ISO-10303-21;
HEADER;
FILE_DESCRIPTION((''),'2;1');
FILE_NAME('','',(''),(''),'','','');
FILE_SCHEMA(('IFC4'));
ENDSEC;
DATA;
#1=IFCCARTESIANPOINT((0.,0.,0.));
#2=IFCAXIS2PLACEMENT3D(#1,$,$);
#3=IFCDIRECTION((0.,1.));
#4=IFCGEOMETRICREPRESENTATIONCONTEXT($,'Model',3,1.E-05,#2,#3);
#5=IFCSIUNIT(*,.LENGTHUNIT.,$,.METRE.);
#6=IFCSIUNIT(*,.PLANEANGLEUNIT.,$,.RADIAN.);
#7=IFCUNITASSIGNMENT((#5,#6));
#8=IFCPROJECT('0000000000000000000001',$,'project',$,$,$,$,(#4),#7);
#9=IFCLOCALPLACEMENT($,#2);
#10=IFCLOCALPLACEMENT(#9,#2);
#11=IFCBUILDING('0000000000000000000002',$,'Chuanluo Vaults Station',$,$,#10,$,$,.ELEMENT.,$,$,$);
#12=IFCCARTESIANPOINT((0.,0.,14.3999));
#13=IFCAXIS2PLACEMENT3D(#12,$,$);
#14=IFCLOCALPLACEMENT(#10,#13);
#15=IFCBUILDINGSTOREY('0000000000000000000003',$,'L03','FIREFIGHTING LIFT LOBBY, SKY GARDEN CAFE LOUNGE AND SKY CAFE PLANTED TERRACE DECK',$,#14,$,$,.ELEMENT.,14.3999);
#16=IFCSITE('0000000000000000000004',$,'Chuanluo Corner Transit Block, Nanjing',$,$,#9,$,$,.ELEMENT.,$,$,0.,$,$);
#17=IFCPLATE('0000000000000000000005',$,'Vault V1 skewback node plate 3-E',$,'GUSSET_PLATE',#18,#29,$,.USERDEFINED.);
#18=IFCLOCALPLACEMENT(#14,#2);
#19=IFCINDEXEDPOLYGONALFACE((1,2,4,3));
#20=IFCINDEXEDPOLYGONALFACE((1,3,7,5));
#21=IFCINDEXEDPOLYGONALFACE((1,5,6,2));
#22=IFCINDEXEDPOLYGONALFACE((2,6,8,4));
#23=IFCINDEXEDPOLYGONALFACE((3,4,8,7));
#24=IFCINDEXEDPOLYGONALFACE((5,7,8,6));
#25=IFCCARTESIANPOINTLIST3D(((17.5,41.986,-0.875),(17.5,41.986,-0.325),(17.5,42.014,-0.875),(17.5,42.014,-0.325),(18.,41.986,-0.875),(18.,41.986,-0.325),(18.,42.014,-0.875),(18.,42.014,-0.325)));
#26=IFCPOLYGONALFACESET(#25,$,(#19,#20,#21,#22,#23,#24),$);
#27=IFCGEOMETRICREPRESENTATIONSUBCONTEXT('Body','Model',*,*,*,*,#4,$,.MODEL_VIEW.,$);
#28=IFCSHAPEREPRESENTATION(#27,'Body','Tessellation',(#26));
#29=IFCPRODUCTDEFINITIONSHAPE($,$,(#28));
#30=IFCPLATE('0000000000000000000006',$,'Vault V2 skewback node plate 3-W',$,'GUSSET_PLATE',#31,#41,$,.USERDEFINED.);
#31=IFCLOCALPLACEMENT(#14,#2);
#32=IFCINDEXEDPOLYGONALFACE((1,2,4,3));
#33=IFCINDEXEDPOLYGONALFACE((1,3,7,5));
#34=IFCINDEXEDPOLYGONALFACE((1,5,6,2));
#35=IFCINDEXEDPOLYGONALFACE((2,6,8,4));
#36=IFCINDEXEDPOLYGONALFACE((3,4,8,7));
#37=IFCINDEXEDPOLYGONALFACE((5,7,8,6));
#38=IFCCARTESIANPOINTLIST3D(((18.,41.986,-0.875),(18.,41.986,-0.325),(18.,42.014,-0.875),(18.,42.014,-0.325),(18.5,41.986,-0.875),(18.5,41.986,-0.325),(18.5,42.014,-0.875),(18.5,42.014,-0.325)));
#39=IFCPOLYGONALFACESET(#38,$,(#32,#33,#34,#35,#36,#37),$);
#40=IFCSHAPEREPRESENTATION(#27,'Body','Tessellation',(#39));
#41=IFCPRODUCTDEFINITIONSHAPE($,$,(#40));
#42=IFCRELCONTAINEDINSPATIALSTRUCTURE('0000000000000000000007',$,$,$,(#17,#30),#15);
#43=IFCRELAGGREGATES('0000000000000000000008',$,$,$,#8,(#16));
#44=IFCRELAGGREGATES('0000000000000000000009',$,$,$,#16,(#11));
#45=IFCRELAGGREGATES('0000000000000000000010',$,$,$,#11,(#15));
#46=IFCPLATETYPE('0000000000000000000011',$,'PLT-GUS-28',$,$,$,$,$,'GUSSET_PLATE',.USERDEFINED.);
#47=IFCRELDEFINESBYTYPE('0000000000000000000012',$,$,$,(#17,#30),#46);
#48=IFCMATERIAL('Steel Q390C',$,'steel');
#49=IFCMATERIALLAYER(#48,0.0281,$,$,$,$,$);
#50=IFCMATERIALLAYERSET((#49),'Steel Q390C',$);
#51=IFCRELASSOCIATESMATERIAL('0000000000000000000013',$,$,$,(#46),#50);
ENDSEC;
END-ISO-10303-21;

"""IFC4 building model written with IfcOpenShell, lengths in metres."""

from ifc_helpers import new_model, si_unit, direction, frame, origin, origin_2d, place, context, subcontext, project, spatial, rectangle, extrude, material, layer, layer_set, type_object, element, save


model = new_model("IFC4")

# Units and contexts
model_context = context("Model", 3, precision=1e-05, world=origin(), true_north=direction((0.0, 1.0)))
body_context = subcontext(model_context, "Body", "Model", "MODEL_VIEW")
ifc_project = project(units=[si_unit("LENGTHUNIT", "METRE"), si_unit("PLANEANGLEUNIT", "RADIAN")], contexts=[model_context])

# Site, building, storey
site_placement = place(None, origin())
site = spatial("IfcSite", under=ifc_project, at=site_placement, Name="Chuanluo Corner Transit Block, Nanjing", CompositionType="ELEMENT", RefElevation=0.0)
building_placement = place(site_placement, origin())
building = spatial("IfcBuilding", under=site, at=building_placement, Name="Chuanluo Vaults Station", CompositionType="ELEMENT")
storey_placement = place(building_placement, frame((0.0, 0.0, 14.3999)))
storey = spatial("IfcBuildingStorey", under=building, at=storey_placement, Name="L03", Description="FIREFIGHTING LIFT LOBBY, SKY GARDEN CAFE LOUNGE AND SKY CAFE PLANTED TERRACE DECK", CompositionType="ELEMENT", Elevation=14.3999)

# Plates
ifc_material_1 = material(Name="Steel Q390C", Category="steel")
ifc_layer = layer(ifc_material_1, 0.0281)
ifc_layer_set = layer_set([ifc_layer], Name="Steel Q390C")
plate_type = type_object("IfcPlateType", Name="PLT-GUS-28", ElementType="GUSSET_PLATE", PredefinedType="USERDEFINED", material=ifc_layer_set)
for number, where, z_axis, x_axis, name in (
    (1, (17.75, 42.0, -0.875), (0.0, 0.0, 1.0), (1.0, 0.0, 0.0), "Vault V1 skewback node plate 3-E"),
    (2, (18.25, 42.0, -0.875), (0.0, 0.0, 1.0), (1.0, 0.0, 0.0), "Vault V2 skewback node plate 3-W"),
):
    element("IfcPlate", number, at=place(storey_placement, frame(where, z_axis=z_axis, x_axis=x_axis)), inside=storey, type_object=plate_type, Name=name, ObjectType="GUSSET_PLATE", PredefinedType="USERDEFINED", context=body_context, shape_type="SweptSolid", body=[
        extrude(rectangle(XDim=0.5, YDim=0.0281, at=origin_2d()), origin(), (0.0, 0.0, 1.0), 0.55),
    ])

save(model, "model.ifc")
